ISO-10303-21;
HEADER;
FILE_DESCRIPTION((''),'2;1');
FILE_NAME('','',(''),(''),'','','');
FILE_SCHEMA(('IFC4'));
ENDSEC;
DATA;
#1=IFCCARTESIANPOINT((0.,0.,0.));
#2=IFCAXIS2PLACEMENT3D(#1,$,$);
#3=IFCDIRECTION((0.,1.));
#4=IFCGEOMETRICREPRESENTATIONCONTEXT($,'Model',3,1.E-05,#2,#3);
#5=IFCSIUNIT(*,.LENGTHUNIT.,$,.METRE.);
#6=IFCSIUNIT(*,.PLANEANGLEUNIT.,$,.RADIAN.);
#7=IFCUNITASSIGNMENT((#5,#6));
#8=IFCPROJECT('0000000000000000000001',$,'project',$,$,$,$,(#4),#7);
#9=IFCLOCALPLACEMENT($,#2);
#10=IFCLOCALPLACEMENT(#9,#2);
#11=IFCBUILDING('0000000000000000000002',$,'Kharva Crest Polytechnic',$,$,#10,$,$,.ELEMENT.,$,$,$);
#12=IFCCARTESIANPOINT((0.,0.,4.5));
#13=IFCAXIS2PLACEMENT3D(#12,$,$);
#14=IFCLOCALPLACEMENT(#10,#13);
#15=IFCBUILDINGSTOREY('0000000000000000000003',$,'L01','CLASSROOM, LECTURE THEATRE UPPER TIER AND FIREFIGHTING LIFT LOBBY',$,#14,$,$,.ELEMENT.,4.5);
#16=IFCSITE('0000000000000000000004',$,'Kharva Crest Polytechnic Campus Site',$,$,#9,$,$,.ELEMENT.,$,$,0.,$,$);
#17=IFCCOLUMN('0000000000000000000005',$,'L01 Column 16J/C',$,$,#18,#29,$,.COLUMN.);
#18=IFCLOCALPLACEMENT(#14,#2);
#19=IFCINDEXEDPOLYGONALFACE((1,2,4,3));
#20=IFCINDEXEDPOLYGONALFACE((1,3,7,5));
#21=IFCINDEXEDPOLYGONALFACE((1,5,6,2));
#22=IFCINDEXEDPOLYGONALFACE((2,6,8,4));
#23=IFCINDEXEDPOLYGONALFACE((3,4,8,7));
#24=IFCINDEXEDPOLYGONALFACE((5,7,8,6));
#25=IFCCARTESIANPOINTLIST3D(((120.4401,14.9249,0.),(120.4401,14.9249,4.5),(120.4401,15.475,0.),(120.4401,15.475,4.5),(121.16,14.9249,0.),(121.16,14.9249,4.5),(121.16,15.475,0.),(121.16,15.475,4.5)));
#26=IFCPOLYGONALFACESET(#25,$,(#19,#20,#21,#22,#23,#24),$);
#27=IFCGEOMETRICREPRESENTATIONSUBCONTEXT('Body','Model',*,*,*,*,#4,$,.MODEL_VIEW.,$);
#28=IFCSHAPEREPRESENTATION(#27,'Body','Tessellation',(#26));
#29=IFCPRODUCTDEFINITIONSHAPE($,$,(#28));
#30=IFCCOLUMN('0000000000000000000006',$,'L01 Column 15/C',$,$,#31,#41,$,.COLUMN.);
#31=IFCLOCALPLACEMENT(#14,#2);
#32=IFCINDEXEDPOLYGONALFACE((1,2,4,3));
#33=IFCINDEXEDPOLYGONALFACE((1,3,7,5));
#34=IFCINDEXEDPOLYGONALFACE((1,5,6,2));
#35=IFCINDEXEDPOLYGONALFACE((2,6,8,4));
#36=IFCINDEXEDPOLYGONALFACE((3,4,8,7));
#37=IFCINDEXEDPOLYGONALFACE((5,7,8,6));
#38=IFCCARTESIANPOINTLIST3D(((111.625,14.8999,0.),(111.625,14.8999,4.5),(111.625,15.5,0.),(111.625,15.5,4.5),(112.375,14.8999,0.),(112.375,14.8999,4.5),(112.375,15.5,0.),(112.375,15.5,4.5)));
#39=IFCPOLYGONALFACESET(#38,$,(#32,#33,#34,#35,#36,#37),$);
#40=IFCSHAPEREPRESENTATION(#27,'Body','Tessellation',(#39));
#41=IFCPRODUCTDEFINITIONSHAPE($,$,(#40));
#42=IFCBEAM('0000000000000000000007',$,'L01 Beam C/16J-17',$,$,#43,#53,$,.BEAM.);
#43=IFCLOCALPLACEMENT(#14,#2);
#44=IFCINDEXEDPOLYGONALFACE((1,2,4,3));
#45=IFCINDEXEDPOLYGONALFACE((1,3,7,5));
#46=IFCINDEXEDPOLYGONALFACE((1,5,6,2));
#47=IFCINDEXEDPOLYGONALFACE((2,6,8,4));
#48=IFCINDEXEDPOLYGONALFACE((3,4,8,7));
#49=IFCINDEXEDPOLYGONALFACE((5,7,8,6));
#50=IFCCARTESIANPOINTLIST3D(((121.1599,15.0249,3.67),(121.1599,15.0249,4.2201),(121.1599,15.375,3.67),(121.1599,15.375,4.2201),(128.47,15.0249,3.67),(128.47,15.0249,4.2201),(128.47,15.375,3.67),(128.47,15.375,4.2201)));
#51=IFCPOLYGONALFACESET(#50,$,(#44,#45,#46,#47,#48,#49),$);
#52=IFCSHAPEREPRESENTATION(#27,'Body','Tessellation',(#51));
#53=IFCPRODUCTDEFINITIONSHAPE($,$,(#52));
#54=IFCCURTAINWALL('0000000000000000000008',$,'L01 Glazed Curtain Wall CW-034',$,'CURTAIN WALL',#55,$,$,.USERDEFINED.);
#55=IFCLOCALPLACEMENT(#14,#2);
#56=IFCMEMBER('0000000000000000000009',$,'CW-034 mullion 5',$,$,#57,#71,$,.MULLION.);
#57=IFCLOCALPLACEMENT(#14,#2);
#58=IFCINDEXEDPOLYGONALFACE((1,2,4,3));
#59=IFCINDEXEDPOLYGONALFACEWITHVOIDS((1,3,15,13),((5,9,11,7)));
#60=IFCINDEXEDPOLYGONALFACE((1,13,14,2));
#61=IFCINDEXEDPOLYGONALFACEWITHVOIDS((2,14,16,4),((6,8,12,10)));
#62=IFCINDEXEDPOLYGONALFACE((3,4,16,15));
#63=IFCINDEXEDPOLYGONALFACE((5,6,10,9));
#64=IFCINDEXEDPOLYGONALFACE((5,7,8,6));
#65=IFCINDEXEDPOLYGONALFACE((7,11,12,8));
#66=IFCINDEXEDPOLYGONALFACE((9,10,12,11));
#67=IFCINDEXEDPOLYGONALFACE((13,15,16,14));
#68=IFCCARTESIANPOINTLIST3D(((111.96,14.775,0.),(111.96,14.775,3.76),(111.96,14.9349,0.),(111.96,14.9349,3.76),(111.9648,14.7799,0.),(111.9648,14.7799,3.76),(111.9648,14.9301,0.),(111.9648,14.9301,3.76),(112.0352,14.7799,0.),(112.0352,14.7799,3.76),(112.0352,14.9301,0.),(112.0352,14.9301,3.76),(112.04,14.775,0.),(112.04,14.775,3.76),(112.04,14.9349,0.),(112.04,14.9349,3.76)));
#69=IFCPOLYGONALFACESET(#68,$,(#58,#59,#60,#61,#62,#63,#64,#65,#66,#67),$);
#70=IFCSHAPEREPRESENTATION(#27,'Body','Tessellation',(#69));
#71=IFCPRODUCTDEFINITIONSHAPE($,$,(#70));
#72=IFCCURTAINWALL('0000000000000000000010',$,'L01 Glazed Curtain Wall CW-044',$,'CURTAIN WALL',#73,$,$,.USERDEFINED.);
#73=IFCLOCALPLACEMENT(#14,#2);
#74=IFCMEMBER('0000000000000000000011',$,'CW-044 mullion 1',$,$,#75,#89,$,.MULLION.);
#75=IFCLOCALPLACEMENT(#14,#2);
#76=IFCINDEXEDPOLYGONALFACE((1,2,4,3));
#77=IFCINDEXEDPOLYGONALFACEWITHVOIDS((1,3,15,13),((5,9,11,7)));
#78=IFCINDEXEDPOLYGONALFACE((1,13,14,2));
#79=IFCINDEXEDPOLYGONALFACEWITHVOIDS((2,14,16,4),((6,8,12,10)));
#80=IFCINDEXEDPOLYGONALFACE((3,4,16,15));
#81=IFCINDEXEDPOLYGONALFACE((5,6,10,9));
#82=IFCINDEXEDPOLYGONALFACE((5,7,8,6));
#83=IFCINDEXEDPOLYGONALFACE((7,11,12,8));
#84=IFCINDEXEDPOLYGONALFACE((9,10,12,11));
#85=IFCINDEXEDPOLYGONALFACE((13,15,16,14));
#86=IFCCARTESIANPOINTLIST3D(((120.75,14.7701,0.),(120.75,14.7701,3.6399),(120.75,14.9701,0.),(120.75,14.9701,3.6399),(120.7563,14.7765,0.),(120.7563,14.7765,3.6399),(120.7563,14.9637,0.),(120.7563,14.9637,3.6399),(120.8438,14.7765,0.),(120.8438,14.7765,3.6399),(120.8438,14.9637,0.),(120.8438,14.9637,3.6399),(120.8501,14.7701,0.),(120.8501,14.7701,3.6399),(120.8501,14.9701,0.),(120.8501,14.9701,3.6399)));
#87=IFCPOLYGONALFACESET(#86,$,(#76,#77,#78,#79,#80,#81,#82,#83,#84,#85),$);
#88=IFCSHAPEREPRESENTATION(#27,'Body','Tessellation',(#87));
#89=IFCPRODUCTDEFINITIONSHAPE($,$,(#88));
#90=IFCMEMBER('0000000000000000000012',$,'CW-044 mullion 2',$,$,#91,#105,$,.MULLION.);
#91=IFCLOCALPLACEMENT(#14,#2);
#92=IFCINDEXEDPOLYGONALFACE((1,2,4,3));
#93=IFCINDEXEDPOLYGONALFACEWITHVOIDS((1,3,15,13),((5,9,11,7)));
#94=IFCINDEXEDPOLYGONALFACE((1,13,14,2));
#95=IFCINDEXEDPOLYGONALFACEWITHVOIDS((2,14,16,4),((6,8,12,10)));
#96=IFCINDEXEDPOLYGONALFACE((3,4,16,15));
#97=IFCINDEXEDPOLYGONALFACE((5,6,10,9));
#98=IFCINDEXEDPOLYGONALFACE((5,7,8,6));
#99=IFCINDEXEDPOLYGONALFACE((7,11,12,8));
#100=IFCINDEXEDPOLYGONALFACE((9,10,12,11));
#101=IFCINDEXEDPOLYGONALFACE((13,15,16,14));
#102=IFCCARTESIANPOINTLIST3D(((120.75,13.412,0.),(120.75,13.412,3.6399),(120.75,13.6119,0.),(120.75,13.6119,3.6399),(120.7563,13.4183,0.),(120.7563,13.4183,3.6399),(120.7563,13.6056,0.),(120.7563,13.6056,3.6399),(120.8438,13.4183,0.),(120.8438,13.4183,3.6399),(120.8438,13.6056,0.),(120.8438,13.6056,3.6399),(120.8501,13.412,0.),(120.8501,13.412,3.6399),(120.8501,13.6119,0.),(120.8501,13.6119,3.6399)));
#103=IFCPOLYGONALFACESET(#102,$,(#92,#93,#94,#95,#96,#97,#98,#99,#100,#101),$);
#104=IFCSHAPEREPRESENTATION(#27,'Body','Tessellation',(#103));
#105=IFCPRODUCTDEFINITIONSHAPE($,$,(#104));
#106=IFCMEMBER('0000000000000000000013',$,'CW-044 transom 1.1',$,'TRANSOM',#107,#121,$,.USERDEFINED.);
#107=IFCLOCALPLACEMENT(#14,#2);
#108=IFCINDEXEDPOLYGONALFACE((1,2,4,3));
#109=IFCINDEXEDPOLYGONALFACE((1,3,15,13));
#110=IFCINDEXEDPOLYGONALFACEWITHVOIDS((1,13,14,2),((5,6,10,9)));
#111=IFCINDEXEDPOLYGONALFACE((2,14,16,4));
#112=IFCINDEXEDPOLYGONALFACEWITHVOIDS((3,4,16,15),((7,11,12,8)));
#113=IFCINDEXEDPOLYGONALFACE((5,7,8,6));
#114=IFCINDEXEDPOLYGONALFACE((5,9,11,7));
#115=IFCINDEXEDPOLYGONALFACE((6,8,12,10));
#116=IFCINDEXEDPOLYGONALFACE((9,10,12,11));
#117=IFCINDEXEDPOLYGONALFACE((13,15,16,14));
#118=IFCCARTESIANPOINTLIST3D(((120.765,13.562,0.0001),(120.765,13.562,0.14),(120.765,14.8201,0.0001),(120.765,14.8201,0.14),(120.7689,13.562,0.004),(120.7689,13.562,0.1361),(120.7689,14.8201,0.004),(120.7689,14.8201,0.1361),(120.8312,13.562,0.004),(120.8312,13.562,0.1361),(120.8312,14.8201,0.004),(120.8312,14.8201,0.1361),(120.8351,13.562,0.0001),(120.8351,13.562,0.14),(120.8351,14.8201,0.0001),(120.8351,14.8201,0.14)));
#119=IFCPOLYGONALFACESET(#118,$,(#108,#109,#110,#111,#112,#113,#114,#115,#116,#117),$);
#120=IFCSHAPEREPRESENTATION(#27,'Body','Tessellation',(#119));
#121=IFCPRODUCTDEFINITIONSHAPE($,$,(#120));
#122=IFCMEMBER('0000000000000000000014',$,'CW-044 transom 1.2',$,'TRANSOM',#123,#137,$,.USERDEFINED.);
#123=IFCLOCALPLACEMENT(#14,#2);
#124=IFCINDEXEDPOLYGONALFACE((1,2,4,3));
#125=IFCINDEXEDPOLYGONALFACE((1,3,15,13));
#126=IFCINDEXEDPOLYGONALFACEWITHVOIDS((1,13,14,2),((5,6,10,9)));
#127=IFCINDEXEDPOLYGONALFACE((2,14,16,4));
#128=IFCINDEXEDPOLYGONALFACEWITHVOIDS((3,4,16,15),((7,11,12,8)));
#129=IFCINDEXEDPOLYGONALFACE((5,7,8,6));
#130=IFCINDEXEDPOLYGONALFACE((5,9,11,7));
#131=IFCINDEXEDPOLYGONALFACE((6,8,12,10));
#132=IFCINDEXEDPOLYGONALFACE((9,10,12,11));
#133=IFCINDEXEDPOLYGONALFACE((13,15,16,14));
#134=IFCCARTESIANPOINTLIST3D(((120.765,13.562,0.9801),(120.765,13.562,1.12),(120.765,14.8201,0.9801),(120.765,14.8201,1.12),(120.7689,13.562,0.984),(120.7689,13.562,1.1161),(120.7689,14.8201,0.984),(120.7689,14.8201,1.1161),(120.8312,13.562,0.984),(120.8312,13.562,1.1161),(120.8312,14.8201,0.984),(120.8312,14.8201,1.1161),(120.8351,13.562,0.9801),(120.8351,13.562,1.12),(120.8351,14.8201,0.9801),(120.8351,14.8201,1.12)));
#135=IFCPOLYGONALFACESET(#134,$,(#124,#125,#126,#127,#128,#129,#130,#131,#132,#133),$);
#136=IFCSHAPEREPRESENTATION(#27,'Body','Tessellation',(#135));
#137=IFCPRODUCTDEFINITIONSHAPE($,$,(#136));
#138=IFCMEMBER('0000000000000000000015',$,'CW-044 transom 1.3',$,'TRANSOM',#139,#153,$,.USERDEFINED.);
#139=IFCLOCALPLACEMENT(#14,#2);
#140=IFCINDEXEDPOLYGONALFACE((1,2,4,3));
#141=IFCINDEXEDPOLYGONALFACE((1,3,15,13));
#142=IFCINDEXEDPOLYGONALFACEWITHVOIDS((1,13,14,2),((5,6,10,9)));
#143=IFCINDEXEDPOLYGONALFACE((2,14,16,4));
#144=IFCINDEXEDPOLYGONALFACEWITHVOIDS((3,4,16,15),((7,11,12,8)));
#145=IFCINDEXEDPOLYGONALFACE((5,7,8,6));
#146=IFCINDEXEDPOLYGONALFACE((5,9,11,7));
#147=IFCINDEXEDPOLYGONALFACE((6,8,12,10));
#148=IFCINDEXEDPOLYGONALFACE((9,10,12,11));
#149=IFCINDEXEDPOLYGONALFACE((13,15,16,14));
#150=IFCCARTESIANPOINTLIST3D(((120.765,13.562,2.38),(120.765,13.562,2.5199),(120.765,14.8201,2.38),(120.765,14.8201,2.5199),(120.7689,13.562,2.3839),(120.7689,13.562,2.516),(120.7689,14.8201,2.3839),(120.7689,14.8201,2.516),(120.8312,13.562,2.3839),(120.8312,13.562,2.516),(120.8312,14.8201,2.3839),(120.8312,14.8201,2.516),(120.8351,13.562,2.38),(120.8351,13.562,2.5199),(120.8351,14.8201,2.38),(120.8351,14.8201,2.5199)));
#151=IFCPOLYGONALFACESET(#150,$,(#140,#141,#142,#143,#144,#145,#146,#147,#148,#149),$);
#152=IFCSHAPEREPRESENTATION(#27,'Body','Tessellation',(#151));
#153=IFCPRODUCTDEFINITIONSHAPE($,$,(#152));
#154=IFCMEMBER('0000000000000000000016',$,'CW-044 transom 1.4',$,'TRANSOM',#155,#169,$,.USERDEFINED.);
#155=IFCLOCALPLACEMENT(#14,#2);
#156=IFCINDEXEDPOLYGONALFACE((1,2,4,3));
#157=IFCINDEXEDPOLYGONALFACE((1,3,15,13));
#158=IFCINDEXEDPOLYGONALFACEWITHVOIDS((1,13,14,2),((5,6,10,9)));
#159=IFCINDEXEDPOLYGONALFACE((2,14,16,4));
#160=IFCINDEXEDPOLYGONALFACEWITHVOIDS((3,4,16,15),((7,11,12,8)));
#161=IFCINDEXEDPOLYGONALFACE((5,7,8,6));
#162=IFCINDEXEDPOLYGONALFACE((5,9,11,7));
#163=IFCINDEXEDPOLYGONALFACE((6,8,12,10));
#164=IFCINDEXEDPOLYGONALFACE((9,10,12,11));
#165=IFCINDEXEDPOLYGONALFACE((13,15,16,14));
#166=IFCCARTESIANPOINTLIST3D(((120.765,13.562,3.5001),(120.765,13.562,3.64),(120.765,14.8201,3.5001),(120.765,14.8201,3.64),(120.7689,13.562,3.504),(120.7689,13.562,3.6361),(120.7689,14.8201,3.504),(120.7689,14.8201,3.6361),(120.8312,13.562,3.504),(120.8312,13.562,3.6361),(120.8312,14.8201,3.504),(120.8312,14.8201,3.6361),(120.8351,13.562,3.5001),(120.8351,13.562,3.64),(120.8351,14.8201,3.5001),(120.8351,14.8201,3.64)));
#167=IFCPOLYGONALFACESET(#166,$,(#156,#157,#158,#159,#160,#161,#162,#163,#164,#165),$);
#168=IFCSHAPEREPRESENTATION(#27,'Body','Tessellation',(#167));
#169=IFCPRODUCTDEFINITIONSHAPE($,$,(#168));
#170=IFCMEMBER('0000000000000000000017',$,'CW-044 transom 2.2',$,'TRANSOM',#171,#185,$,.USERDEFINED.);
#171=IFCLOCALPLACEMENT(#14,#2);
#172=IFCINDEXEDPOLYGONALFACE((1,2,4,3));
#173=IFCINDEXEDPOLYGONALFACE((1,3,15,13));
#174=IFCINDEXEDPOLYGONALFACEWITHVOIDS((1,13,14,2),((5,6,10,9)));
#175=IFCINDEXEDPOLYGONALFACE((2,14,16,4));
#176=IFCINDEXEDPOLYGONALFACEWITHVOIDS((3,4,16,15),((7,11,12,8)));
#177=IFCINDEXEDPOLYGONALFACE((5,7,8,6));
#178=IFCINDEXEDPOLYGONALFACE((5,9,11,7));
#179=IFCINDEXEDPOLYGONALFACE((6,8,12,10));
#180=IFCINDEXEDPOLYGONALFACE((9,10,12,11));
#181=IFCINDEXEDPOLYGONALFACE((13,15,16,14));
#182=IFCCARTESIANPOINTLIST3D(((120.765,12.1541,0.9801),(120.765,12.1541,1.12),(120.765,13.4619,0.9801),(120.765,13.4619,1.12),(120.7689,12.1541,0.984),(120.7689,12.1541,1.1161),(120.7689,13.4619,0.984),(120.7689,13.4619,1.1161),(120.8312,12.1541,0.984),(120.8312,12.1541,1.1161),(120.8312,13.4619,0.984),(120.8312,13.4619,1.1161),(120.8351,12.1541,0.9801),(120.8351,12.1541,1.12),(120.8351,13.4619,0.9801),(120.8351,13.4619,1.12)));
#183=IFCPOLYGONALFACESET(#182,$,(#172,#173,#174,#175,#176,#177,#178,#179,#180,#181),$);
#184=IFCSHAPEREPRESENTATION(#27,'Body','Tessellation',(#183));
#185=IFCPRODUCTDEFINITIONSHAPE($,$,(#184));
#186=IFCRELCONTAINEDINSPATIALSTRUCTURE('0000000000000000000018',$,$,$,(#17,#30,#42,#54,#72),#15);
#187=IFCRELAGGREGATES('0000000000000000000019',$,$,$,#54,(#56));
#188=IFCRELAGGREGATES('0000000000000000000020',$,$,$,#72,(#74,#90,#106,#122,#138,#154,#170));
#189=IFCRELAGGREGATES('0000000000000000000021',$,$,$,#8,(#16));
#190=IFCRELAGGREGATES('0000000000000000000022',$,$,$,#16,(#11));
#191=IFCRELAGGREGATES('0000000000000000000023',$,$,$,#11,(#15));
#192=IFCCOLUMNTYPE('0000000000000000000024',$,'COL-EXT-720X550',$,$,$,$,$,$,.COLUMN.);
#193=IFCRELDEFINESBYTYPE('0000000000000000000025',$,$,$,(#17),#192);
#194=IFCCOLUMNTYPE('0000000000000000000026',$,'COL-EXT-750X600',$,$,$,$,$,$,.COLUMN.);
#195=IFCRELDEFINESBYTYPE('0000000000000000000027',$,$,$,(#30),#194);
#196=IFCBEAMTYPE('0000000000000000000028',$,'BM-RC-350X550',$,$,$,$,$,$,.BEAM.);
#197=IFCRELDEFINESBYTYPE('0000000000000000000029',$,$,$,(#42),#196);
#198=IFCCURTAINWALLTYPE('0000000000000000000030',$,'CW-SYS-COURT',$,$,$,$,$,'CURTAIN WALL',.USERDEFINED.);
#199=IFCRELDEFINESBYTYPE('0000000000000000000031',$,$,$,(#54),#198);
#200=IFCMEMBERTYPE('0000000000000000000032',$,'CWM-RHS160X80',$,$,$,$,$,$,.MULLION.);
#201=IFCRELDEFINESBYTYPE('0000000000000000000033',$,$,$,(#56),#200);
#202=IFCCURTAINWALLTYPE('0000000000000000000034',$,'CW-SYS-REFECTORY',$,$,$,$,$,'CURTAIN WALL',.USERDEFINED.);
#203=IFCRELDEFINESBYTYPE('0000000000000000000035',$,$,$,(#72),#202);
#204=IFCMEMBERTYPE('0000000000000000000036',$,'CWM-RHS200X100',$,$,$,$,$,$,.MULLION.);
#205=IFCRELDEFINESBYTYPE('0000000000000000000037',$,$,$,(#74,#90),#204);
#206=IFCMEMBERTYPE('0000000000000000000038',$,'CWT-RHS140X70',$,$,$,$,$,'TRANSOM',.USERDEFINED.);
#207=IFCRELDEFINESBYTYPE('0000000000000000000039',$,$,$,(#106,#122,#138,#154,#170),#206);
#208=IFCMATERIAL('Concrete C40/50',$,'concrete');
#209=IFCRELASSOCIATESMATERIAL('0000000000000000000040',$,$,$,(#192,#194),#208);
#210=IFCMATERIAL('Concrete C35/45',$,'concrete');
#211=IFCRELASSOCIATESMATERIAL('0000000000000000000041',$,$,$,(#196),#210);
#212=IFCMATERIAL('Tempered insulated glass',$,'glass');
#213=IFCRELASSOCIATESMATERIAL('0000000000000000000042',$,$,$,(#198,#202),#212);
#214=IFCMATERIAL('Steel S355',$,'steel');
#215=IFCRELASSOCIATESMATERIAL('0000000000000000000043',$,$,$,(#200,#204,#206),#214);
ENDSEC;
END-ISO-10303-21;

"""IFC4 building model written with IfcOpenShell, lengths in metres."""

from ifc_helpers import new_model, si_unit, direction, frame, origin, origin_2d, place, context, subcontext, project, spatial, rectangle, hollow_rectangle, extrude, material, material_profile, profile_set, type_object, element, aggregate, save


model = new_model("IFC4")

# Units and contexts
model_context = context("Model", 3, precision=1e-05, world=origin(), true_north=direction((0.0, 1.0)))
body_context = subcontext(model_context, "Body", "Model", "MODEL_VIEW")
ifc_project = project(units=[si_unit("LENGTHUNIT", "METRE"), si_unit("PLANEANGLEUNIT", "RADIAN")], contexts=[model_context])

# Site, building, storey
site_placement = place(None, origin())
site = spatial("IfcSite", under=ifc_project, at=site_placement, Name="Kharva Crest Polytechnic Campus Site", CompositionType="ELEMENT", RefElevation=0.0)
building_placement = place(site_placement, origin())
building = spatial("IfcBuilding", under=site, at=building_placement, Name="Kharva Crest Polytechnic", CompositionType="ELEMENT")
storey_placement = place(building_placement, frame((0.0, 0.0, 4.5)))
storey = spatial("IfcBuildingStorey", under=building, at=storey_placement, Name="L01", Description="CLASSROOM, LECTURE THEATRE UPPER TIER AND FIREFIGHTING LIFT LOBBY", CompositionType="ELEMENT", Elevation=4.5)

# Columns
ifc_material_1 = material(Name="Concrete C40/50", Category="concrete")
ifc_material_profile_1 = material_profile(ifc_material_1, rectangle(XDim=0.72, YDim=0.55, at=origin_2d()), Name="RECT 720 X 550")
ifc_profile_set_1 = profile_set([ifc_material_profile_1], Name="Concrete C40/50")
column_type_1 = type_object("IfcColumnType", Name="COL-EXT-720X550", PredefinedType="COLUMN", material=ifc_profile_set_1)
column_1_placement = place(storey_placement, frame((120.8, 15.2, 0.0), z_axis=(0.0, 0.0, 1.0), x_axis=(1.0, 0.0, 0.0)))
element("IfcColumn", 1, at=column_1_placement, inside=storey, type_object=column_type_1, Name="L01 Column 16J/C", PredefinedType="COLUMN", context=body_context, shape_type="SweptSolid", body=[
    extrude(rectangle(XDim=0.72, YDim=0.55, at=origin_2d()), origin(), (0.0, 0.0, 1.0), 4.5),
])
ifc_material_profile_2 = material_profile(ifc_material_1, rectangle(XDim=0.75, YDim=0.6001, at=origin_2d()), Name="RECT 750 X 600")
ifc_profile_set_2 = profile_set([ifc_material_profile_2], Name="Concrete C40/50")
column_type_2 = type_object("IfcColumnType", Name="COL-EXT-750X600", PredefinedType="COLUMN", material=ifc_profile_set_2)
column_2_placement = place(storey_placement, frame((112.0, 15.2, 0.0), z_axis=(0.0, 0.0, 1.0), x_axis=(1.0, 0.0, 0.0)))
element("IfcColumn", 2, at=column_2_placement, inside=storey, type_object=column_type_2, Name="L01 Column 15/C", PredefinedType="COLUMN", context=body_context, shape_type="SweptSolid", body=[
    extrude(rectangle(XDim=0.75, YDim=0.6001, at=origin_2d()), origin(), (0.0, 0.0, 1.0), 4.5),
])

# Beam
ifc_material_2 = material(Name="Concrete C35/45", Category="concrete")
ifc_material_profile_3 = material_profile(ifc_material_2, rectangle(XDim=0.3501, YDim=0.55, at=origin_2d()), Name="RECT 350 X 550")
ifc_profile_set_3 = profile_set([ifc_material_profile_3], Name="Concrete C35/45")
beam_type_1 = type_object("IfcBeamType", Name="BM-RC-350X550", PredefinedType="BEAM", material=ifc_profile_set_3)
beam_1_placement = place(storey_placement, frame((121.1599, 15.2, 3.9451), z_axis=(1.0, 0.0, 0.0), x_axis=(0.0, 1.0, 0.0)))
element("IfcBeam", 3, at=beam_1_placement, inside=storey, type_object=beam_type_1, Name="L01 Beam C/16J-17", PredefinedType="BEAM", context=body_context, shape_type="SweptSolid", body=[
    extrude(rectangle(XDim=0.3501, YDim=0.55, at=origin_2d()), origin(), (0.0, 0.0, 1.0), 7.3101),
])

# Curtain wall, member
ifc_material_3 = material(Name="Tempered insulated glass", Category="glass")
curtain_wall_type_1 = type_object("IfcCurtainWallType", Name="CW-SYS-COURT", ElementType="CURTAIN WALL", PredefinedType="USERDEFINED", material=ifc_material_3)
curtain_wall_1_placement = place(storey_placement, origin())
curtain_wall_1 = element("IfcCurtainWall", 4, at=curtain_wall_1_placement, inside=storey, type_object=curtain_wall_type_1, Name="L01 Glazed Curtain Wall CW-034", ObjectType="CURTAIN WALL", PredefinedType="USERDEFINED")
ifc_material_4 = material(Name="Steel S355", Category="steel")
ifc_material_profile_4 = material_profile(ifc_material_4, hollow_rectangle(XDim=0.0801, YDim=0.1599, WallThickness=0.0049, at=origin_2d()), Name="RHS 160X80X5.0")
ifc_profile_set_4 = profile_set([ifc_material_profile_4], Name="Steel S355")
member_type_1 = type_object("IfcMemberType", Name="CWM-RHS160X80", PredefinedType="MULLION", material=ifc_profile_set_4)
member_1_placement = place(storey_placement, frame((112.0, 14.855, 0.0), z_axis=(0.0, 0.0, 1.0), x_axis=(-1.0, 0.0, 0.0)))
member_1 = element("IfcMember", 5, at=member_1_placement, type_object=member_type_1, Name="CW-034 mullion 5", PredefinedType="MULLION", context=body_context, shape_type="SweptSolid", body=[
    extrude(hollow_rectangle(XDim=0.0801, YDim=0.1599, WallThickness=0.0049, at=origin_2d()), origin(), (0.0, 0.0, 1.0), 3.76),
])

# Curtain wall, members
curtain_wall_type_2 = type_object("IfcCurtainWallType", Name="CW-SYS-REFECTORY", ElementType="CURTAIN WALL", PredefinedType="USERDEFINED", material=ifc_material_3)
curtain_wall_2_placement = place(storey_placement, origin())
curtain_wall_2 = element("IfcCurtainWall", 6, at=curtain_wall_2_placement, inside=storey, type_object=curtain_wall_type_2, Name="L01 Glazed Curtain Wall CW-044", ObjectType="CURTAIN WALL", PredefinedType="USERDEFINED")
ifc_material_profile_5 = material_profile(ifc_material_4, hollow_rectangle(XDim=0.1001, YDim=0.2, WallThickness=0.0063, at=origin_2d()), Name="RHS 200X100X6.3")
ifc_profile_set_5 = profile_set([ifc_material_profile_5], Name="Steel S355")
member_type_2 = type_object("IfcMemberType", Name="CWM-RHS200X100", PredefinedType="MULLION", material=ifc_profile_set_5)
member_2_placement = place(storey_placement, frame((120.8, 14.8701, 0.0), z_axis=(0.0, 0.0, 1.0), x_axis=(1.0, 0.0, 0.0)))
member_2 = element("IfcMember", 7, at=member_2_placement, type_object=member_type_2, Name="CW-044 mullion 1", PredefinedType="MULLION", context=body_context, shape_type="SweptSolid", body=[
    extrude(hollow_rectangle(XDim=0.1001, YDim=0.2, WallThickness=0.0063, at=origin_2d()), origin(), (0.0, 0.0, 1.0), 3.6399),
])
member_3_placement = place(storey_placement, frame((120.8, 13.512, 0.0), z_axis=(0.0, 0.0, 1.0), x_axis=(1.0, 0.0, 0.0)))
member_3 = element("IfcMember", 8, at=member_3_placement, type_object=member_type_2, Name="CW-044 mullion 2", PredefinedType="MULLION", context=body_context, shape_type="SweptSolid", body=[
    extrude(hollow_rectangle(XDim=0.1001, YDim=0.2, WallThickness=0.0063, at=origin_2d()), origin(), (0.0, 0.0, 1.0), 3.6399),
])
ifc_material_profile_6 = material_profile(ifc_material_4, hollow_rectangle(XDim=0.0701, YDim=0.1399, WallThickness=0.0039, at=origin_2d()), Name="RHS 140X70X4.0")
ifc_profile_set_6 = profile_set([ifc_material_profile_6], Name="Steel S355")
member_type_3 = type_object("IfcMemberType", Name="CWT-RHS140X70", ElementType="TRANSOM", PredefinedType="USERDEFINED", material=ifc_profile_set_6)
member_4_placement = place(storey_placement, frame((120.8, 14.8201, 0.0701), z_axis=(0.0, -1.0, 0.0), x_axis=(1.0, 0.0, 0.0)))
member_4 = element("IfcMember", 9, at=member_4_placement, type_object=member_type_3, Name="CW-044 transom 1.1", ObjectType="TRANSOM", PredefinedType="USERDEFINED", context=body_context, shape_type="SweptSolid", body=[
    extrude(hollow_rectangle(XDim=0.0701, YDim=0.1399, WallThickness=0.0039, at=origin_2d()), origin(), (0.0, 0.0, 1.0), 1.2581),
])
member_5_placement = place(storey_placement, frame((120.8, 14.8201, 1.05), z_axis=(0.0, -1.0, 0.0), x_axis=(1.0, 0.0, 0.0)))
member_5 = element("IfcMember", 10, at=member_5_placement, type_object=member_type_3, Name="CW-044 transom 1.2", ObjectType="TRANSOM", PredefinedType="USERDEFINED", context=body_context, shape_type="SweptSolid", body=[
    extrude(hollow_rectangle(XDim=0.0701, YDim=0.1399, WallThickness=0.0039, at=origin_2d()), origin(), (0.0, 0.0, 1.0), 1.2581),
])
member_6_placement = place(storey_placement, frame((120.8, 14.8201, 2.45), z_axis=(0.0, -1.0, 0.0), x_axis=(1.0, 0.0, 0.0)))
member_6 = element("IfcMember", 11, at=member_6_placement, type_object=member_type_3, Name="CW-044 transom 1.3", ObjectType="TRANSOM", PredefinedType="USERDEFINED", context=body_context, shape_type="SweptSolid", body=[
    extrude(hollow_rectangle(XDim=0.0701, YDim=0.1399, WallThickness=0.0039, at=origin_2d()), origin(), (0.0, 0.0, 1.0), 1.2581),
])
member_7_placement = place(storey_placement, frame((120.8, 14.8201, 3.5701), z_axis=(0.0, -1.0, 0.0), x_axis=(1.0, 0.0, 0.0)))
member_7 = element("IfcMember", 12, at=member_7_placement, type_object=member_type_3, Name="CW-044 transom 1.4", ObjectType="TRANSOM", PredefinedType="USERDEFINED", context=body_context, shape_type="SweptSolid", body=[
    extrude(hollow_rectangle(XDim=0.0701, YDim=0.1399, WallThickness=0.0039, at=origin_2d()), origin(), (0.0, 0.0, 1.0), 1.2581),
])
member_8_placement = place(storey_placement, frame((120.8, 13.4619, 1.05), z_axis=(0.0, -1.0, 0.0), x_axis=(1.0, 0.0, 0.0)))
member_8 = element("IfcMember", 13, at=member_8_placement, type_object=member_type_3, Name="CW-044 transom 2.2", ObjectType="TRANSOM", PredefinedType="USERDEFINED", context=body_context, shape_type="SweptSolid", body=[
    extrude(hollow_rectangle(XDim=0.0701, YDim=0.1399, WallThickness=0.0039, at=origin_2d()), origin(), (0.0, 0.0, 1.0), 1.3079),
])

aggregate(curtain_wall_1, [member_1])
aggregate(curtain_wall_2, [member_2, member_3, member_4, member_5, member_6, member_7, member_8])

save(model, "model.ifc")
